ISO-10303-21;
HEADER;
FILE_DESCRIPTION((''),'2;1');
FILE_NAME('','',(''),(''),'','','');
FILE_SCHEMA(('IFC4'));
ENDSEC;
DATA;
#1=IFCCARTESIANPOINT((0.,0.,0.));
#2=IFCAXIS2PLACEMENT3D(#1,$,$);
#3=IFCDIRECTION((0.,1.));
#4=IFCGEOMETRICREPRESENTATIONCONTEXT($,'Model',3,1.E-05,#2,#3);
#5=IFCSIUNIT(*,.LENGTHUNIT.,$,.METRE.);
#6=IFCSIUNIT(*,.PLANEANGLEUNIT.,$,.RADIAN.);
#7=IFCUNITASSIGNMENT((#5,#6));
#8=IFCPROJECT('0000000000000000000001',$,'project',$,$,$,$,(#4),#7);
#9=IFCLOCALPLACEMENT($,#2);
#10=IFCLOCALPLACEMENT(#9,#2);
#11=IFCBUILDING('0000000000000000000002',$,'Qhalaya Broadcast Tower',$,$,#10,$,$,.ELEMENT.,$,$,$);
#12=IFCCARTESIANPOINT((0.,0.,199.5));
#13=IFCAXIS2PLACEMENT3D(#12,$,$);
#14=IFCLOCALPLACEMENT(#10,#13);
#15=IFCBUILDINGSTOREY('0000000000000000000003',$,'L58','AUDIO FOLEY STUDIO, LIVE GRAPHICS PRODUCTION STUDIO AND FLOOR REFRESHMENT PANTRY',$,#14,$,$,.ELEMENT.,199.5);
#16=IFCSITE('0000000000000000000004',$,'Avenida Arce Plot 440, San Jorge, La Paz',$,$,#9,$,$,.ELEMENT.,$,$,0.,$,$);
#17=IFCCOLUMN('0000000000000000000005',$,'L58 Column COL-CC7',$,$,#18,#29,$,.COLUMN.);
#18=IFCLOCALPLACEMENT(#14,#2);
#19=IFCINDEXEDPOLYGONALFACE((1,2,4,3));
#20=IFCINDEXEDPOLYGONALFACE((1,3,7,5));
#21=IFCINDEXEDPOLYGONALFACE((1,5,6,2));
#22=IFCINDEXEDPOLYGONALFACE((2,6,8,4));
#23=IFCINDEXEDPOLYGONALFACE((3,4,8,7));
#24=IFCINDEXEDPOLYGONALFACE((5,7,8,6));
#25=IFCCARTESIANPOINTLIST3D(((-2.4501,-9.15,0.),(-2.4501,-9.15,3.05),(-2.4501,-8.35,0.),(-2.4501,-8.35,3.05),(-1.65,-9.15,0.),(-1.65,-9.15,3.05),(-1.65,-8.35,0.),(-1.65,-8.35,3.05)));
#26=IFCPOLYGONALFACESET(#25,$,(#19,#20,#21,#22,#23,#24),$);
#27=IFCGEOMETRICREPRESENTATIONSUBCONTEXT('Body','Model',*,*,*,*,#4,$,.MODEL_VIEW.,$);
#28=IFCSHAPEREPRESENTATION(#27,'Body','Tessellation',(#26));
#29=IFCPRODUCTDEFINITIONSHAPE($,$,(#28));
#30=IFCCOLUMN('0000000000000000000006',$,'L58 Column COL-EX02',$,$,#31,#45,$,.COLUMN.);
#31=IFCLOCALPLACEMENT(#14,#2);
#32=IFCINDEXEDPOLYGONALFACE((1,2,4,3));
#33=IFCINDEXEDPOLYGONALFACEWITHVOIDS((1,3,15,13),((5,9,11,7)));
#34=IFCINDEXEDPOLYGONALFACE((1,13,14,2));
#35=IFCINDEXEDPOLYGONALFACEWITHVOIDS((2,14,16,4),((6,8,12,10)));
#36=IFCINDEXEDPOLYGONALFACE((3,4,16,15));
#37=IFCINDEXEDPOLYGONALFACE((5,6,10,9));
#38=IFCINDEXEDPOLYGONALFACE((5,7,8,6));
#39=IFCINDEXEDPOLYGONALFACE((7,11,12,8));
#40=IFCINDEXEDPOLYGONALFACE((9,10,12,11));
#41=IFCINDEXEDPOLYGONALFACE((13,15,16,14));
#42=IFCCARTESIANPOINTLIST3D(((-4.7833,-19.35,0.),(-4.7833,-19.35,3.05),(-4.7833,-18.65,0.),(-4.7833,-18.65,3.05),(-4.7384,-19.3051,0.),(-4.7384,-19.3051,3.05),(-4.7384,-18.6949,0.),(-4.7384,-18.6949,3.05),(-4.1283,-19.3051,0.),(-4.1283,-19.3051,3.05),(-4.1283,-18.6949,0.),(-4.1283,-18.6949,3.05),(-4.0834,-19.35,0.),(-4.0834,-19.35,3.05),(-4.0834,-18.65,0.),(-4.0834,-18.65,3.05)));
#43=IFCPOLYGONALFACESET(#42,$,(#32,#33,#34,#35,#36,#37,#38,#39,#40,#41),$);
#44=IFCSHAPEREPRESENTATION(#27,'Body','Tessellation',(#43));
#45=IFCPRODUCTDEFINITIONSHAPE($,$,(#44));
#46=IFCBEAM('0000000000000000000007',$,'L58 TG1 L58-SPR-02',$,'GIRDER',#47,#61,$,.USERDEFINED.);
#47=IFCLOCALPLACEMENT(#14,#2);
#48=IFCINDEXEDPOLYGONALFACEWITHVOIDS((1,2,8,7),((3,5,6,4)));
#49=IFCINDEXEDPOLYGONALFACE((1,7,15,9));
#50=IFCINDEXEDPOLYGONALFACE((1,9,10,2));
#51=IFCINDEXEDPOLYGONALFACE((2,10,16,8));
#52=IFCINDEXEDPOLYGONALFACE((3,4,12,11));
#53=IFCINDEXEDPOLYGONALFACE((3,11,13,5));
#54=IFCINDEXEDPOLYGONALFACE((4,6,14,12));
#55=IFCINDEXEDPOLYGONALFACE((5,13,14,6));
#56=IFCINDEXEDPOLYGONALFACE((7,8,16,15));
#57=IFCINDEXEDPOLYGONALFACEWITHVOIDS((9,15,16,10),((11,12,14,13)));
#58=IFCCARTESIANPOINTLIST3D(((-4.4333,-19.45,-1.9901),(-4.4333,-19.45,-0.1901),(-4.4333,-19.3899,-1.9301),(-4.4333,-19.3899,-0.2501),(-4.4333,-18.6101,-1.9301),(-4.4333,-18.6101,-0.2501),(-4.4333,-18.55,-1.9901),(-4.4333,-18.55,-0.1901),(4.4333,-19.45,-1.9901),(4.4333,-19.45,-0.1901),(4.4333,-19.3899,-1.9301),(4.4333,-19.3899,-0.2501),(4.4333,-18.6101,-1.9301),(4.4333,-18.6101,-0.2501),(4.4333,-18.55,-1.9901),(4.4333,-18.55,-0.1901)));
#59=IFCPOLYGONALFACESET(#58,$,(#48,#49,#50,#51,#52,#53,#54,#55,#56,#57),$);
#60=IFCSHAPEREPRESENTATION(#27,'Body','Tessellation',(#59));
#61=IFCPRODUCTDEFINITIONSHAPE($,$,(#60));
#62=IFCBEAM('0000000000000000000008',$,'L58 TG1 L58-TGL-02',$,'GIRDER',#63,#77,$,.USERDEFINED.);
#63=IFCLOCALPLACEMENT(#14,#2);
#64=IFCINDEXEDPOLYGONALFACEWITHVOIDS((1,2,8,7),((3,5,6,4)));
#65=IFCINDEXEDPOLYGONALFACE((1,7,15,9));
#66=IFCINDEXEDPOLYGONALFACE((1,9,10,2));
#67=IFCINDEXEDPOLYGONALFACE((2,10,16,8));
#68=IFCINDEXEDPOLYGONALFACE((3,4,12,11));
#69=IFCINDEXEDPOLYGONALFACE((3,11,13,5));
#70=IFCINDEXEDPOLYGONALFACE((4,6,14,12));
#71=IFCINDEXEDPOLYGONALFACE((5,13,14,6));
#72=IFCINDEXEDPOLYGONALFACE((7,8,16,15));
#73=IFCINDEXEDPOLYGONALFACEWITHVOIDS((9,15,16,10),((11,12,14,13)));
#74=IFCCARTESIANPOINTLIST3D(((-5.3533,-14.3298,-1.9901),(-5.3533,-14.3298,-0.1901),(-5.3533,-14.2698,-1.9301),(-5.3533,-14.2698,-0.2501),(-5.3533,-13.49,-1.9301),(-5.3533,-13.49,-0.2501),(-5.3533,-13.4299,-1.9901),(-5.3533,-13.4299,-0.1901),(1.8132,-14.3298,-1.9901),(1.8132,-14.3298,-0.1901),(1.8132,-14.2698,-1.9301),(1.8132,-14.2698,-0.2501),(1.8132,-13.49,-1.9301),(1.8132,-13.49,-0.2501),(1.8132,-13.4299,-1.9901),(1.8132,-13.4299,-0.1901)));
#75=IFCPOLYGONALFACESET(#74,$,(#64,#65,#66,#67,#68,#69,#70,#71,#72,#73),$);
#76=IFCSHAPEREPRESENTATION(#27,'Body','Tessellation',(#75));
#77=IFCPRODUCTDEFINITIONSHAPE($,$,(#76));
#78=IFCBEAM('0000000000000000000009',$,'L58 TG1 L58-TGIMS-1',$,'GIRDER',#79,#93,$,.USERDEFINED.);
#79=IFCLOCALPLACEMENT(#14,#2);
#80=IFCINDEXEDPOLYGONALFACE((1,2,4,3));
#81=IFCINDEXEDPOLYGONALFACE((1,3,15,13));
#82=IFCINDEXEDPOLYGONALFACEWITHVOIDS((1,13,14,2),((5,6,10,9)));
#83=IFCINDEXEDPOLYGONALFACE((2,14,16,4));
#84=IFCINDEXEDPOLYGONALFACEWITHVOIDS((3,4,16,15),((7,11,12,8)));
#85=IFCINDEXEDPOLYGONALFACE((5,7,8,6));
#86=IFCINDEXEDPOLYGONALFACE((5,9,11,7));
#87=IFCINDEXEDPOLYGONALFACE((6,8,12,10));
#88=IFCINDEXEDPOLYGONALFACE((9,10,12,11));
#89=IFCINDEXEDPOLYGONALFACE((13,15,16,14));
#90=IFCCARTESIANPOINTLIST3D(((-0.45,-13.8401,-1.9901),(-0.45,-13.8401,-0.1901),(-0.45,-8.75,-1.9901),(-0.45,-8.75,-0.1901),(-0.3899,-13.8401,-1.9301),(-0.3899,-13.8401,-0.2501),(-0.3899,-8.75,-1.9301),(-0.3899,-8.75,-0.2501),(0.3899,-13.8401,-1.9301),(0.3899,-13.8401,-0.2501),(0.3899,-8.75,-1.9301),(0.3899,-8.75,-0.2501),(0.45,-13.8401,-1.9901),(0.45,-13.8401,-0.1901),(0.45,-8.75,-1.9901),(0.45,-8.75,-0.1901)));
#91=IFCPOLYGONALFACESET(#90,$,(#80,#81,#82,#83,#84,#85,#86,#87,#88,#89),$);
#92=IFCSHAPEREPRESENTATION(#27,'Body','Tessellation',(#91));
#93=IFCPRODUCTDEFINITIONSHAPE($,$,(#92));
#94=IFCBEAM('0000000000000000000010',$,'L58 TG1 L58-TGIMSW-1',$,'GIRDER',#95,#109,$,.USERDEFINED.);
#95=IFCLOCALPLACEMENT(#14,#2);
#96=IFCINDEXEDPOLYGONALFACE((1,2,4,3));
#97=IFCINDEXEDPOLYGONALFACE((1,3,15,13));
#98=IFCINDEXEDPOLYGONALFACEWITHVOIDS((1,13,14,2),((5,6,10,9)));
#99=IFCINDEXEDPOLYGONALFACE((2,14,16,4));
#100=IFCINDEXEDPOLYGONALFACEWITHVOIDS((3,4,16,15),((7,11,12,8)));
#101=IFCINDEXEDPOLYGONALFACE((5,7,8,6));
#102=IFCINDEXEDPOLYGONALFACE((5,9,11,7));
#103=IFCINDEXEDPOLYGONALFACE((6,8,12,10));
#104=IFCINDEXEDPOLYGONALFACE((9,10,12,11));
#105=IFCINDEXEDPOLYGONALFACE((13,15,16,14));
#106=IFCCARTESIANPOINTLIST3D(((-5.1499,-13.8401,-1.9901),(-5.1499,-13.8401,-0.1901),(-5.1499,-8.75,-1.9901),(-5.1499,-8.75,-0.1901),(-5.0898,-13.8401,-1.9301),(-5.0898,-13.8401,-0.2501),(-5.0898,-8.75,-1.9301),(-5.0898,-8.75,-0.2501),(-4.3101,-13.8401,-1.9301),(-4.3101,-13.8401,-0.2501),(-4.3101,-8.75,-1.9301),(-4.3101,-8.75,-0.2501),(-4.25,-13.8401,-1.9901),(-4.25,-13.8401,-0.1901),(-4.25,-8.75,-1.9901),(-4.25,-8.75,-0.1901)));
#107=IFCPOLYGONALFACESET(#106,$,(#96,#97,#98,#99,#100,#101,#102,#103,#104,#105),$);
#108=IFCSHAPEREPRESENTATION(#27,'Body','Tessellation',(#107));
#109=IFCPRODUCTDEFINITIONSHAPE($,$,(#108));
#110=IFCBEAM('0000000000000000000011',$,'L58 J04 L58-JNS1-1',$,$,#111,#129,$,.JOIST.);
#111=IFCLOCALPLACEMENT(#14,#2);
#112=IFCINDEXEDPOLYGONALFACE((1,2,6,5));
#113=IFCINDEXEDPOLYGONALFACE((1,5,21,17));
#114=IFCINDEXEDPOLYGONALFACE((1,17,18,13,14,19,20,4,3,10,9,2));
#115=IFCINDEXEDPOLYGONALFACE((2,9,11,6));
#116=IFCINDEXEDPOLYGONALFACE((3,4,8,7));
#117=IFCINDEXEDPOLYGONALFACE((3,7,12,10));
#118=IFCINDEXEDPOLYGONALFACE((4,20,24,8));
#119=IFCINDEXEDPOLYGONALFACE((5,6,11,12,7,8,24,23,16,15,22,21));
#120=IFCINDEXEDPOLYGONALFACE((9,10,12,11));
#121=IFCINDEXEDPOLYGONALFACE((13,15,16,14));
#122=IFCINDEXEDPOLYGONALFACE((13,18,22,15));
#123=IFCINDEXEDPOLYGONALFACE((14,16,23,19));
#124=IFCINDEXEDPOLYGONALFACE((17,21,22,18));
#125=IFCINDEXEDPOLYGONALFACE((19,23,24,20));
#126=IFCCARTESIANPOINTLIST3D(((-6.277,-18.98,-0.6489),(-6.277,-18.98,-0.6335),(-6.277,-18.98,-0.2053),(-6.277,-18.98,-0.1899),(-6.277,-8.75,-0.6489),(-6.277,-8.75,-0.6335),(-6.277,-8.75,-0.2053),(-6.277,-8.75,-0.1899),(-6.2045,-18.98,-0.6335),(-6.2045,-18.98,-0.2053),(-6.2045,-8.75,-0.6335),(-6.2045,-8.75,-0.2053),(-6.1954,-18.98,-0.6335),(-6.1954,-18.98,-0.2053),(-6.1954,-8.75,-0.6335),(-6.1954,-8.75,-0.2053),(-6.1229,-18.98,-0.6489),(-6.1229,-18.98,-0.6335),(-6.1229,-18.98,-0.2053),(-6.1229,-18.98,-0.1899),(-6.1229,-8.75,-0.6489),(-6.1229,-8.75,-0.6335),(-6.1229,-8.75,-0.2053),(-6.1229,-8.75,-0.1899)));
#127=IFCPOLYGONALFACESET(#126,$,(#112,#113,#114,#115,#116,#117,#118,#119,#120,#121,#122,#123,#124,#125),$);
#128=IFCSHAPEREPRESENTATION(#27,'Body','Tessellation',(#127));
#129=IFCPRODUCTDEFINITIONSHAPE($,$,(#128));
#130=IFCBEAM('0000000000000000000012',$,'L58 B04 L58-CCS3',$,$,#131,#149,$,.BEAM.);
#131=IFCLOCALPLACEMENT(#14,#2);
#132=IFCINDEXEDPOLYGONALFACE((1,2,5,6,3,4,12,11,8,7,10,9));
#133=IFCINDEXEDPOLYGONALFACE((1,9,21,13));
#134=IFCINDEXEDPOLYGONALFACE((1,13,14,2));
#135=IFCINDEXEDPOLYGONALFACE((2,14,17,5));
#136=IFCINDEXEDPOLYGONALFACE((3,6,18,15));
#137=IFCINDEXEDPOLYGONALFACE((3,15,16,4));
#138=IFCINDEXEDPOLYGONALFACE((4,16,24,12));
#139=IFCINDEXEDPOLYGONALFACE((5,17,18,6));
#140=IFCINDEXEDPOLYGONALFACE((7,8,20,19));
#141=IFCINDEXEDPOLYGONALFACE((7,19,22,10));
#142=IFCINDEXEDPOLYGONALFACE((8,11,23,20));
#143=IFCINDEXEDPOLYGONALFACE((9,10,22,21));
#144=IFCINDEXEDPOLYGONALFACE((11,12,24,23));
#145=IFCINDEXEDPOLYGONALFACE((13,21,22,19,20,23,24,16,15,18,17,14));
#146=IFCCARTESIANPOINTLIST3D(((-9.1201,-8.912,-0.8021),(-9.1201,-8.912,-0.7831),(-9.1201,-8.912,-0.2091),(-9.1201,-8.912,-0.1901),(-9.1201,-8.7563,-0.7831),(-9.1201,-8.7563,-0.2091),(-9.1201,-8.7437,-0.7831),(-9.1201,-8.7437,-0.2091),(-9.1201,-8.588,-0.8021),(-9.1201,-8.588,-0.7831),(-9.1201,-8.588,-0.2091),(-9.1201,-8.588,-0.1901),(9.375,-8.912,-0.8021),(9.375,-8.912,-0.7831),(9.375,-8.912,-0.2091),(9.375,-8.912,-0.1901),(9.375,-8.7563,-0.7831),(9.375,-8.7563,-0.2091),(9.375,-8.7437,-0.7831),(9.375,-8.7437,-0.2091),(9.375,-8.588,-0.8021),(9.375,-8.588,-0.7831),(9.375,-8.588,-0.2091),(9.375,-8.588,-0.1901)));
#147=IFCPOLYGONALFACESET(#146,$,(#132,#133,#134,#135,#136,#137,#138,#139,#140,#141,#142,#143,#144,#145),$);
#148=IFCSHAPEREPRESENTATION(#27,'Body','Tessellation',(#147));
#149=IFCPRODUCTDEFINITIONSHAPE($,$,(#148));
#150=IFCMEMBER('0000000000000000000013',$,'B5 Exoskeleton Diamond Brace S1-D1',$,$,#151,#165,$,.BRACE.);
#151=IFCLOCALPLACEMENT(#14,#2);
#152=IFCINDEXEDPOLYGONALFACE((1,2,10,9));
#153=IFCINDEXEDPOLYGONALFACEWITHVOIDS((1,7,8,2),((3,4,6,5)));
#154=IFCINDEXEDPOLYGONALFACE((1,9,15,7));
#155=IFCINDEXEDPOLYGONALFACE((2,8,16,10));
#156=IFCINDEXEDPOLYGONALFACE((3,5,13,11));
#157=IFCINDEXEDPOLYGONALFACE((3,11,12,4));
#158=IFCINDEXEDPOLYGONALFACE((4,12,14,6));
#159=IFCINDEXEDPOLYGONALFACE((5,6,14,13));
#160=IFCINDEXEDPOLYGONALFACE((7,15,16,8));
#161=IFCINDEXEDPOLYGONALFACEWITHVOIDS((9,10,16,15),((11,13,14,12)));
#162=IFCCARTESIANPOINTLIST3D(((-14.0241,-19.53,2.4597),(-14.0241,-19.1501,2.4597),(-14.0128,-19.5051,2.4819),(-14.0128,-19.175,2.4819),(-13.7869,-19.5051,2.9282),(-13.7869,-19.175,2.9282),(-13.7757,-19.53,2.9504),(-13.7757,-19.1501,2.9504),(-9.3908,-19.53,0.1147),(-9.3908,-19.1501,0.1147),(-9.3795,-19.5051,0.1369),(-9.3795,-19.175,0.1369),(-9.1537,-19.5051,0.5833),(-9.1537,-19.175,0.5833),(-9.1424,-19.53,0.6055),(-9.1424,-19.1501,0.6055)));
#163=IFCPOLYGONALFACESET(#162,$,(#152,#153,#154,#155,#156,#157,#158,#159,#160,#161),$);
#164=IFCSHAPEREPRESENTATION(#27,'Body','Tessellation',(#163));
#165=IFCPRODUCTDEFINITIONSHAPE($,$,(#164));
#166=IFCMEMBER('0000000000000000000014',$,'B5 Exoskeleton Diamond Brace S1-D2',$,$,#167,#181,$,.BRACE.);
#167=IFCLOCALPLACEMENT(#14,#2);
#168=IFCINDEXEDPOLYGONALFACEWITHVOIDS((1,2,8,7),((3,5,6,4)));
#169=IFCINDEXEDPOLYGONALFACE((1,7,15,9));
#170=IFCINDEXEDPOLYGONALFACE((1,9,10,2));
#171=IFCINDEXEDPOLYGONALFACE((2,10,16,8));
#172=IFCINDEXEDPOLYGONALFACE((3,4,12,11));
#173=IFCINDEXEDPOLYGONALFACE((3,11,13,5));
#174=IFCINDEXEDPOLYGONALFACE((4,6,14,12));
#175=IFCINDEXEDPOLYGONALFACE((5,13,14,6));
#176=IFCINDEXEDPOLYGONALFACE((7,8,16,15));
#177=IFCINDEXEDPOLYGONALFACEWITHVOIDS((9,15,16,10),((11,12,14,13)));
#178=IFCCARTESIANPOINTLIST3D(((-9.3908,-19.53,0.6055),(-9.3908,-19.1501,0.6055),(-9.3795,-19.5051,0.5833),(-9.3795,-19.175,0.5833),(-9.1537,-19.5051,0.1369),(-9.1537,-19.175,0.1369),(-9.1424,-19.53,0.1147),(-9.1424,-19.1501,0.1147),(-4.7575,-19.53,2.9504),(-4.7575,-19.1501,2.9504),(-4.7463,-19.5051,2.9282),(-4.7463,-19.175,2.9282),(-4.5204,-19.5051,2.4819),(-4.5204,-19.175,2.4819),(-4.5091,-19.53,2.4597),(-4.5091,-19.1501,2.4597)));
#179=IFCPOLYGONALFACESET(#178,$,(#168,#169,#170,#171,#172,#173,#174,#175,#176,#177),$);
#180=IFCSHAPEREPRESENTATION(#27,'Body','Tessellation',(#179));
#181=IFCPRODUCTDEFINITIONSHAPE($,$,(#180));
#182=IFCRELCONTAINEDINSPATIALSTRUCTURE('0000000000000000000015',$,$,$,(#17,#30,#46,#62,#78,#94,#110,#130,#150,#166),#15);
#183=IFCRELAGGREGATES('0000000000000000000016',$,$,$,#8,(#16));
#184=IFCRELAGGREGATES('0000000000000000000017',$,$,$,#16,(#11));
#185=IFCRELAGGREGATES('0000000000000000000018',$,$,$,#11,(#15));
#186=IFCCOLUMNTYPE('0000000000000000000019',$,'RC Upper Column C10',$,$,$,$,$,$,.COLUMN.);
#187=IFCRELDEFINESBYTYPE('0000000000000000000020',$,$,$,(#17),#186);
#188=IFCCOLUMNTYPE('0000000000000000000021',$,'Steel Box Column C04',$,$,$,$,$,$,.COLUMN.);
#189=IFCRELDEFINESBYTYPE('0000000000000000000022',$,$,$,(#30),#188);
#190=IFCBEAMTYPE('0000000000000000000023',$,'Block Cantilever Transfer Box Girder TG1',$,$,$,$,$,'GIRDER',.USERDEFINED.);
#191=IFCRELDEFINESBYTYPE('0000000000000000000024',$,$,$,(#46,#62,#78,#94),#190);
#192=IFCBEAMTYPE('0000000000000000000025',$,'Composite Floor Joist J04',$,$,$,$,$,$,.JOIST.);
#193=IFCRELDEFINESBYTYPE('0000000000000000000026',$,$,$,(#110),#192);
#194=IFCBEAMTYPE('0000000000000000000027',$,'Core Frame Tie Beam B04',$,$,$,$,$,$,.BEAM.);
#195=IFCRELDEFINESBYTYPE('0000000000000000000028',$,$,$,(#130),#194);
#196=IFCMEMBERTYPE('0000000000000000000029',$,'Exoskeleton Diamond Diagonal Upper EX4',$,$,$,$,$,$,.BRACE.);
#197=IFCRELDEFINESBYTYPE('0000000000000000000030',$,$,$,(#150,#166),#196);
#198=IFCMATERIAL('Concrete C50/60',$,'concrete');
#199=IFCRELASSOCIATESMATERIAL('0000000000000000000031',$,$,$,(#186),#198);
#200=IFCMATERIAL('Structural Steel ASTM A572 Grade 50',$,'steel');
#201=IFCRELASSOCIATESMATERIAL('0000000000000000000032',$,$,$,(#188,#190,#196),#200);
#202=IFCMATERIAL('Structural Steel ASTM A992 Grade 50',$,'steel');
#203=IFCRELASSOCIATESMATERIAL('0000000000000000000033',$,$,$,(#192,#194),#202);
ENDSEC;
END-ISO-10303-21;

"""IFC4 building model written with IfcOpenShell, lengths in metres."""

from ifc_helpers import new_model, si_unit, direction, frame, origin, origin_2d, place, context, subcontext, project, spatial, rectangle, hollow_rectangle, i_section, extrude, material, material_profile, profile_set, type_object, element, save


model = new_model("IFC4")

# Units and contexts
model_context = context("Model", 3, precision=1e-05, world=origin(), true_north=direction((0.0, 1.0)))
body_context = subcontext(model_context, "Body", "Model", "MODEL_VIEW")
ifc_project = project(units=[si_unit("LENGTHUNIT", "METRE"), si_unit("PLANEANGLEUNIT", "RADIAN")], contexts=[model_context])

# Site, building, storey
site_placement = place(None, origin())
site = spatial("IfcSite", under=ifc_project, at=site_placement, Name="Avenida Arce Plot 440, San Jorge, La Paz", CompositionType="ELEMENT", RefElevation=0.0)
building_placement = place(site_placement, origin())
building = spatial("IfcBuilding", under=site, at=building_placement, Name="Qhalaya Broadcast Tower", CompositionType="ELEMENT")
storey_placement = place(building_placement, frame((0.0, 0.0, 199.5)))
storey = spatial("IfcBuildingStorey", under=building, at=storey_placement, Name="L58", Description="AUDIO FOLEY STUDIO, LIVE GRAPHICS PRODUCTION STUDIO AND FLOOR REFRESHMENT PANTRY", CompositionType="ELEMENT", Elevation=199.5)

# Columns
ifc_material_1 = material(Name="Concrete C50/60", Category="concrete")
ifc_material_profile_1 = material_profile(ifc_material_1, rectangle(XDim=0.8, YDim=0.8, at=origin_2d()), Name="RC-COL 800x800")
ifc_profile_set_1 = profile_set([ifc_material_profile_1], Name="Concrete C50/60")
column_type_1 = type_object("IfcColumnType", Name="RC Upper Column C10", PredefinedType="COLUMN", material=ifc_profile_set_1)
column_1_placement = place(storey_placement, frame((-2.05, -8.75, 0.0), z_axis=(0.0, 0.0, 1.0), x_axis=(1.0, 0.0, 0.0)))
element("IfcColumn", 1, at=column_1_placement, inside=storey, type_object=column_type_1, Name="L58 Column COL-CC7", PredefinedType="COLUMN", context=body_context, shape_type="SweptSolid", body=[
    extrude(rectangle(XDim=0.8, YDim=0.8, at=origin_2d()), origin(), (0.0, 0.0, 1.0), 3.05),
])
ifc_material_2 = material(Name="Structural Steel ASTM A572 Grade 50", Category="steel")
ifc_material_profile_2 = material_profile(ifc_material_2, hollow_rectangle(XDim=0.7, YDim=0.7, WallThickness=0.0449, at=origin_2d()), Name="BOX 700x700x45")
ifc_profile_set_2 = profile_set([ifc_material_profile_2], Name="Structural Steel ASTM A572 Grade 50")
column_type_2 = type_object("IfcColumnType", Name="Steel Box Column C04", PredefinedType="COLUMN", material=ifc_profile_set_2)
column_2_placement = place(storey_placement, frame((-4.4333, -19.0, 0.0), z_axis=(0.0, 0.0, 1.0), x_axis=(1.0, 0.0, 0.0)))
element("IfcColumn", 2, at=column_2_placement, inside=storey, type_object=column_type_2, Name="L58 Column COL-EX02", PredefinedType="COLUMN", context=body_context, shape_type="SweptSolid", body=[
    extrude(hollow_rectangle(XDim=0.7, YDim=0.7, WallThickness=0.0449, at=origin_2d()), origin(), (0.0, 0.0, 1.0), 3.05),
])

# Beams
ifc_material_profile_3 = material_profile(ifc_material_2, hollow_rectangle(XDim=0.8999, YDim=1.8, WallThickness=0.0601, at=origin_2d()), Name="BOX 900x1800x60")
ifc_profile_set_3 = profile_set([ifc_material_profile_3], Name="Structural Steel ASTM A572 Grade 50")
beam_type_1 = type_object("IfcBeamType", Name="Block Cantilever Transfer Box Girder TG1", ElementType="GIRDER", PredefinedType="USERDEFINED", material=ifc_profile_set_3)
beam_1_placement = place(storey_placement, frame((-4.4333, -19.0, -1.0901), z_axis=(1.0, 0.0, 0.0), x_axis=(0.0, 1.0, 0.0)))
element("IfcBeam", 3, at=beam_1_placement, inside=storey, type_object=beam_type_1, Name="L58 TG1 L58-SPR-02", ObjectType="GIRDER", PredefinedType="USERDEFINED", context=body_context, shape_type="SweptSolid", body=[
    extrude(hollow_rectangle(XDim=0.8999, YDim=1.8, WallThickness=0.0601, at=origin_2d()), origin(), (0.0, 0.0, 1.0), 8.8667),
])
beam_2_placement = place(storey_placement, frame((-5.3533, -13.8799, -1.0901), z_axis=(1.0, 0.0, 0.0), x_axis=(0.0, 1.0, 0.0)))
element("IfcBeam", 4, at=beam_2_placement, inside=storey, type_object=beam_type_1, Name="L58 TG1 L58-TGL-02", ObjectType="GIRDER", PredefinedType="USERDEFINED", context=body_context, shape_type="SweptSolid", body=[
    extrude(hollow_rectangle(XDim=0.8999, YDim=1.8, WallThickness=0.0601, at=origin_2d()), origin(), (0.0, 0.0, 1.0), 7.1665),
])
for number, where, z_axis, x_axis, name in (
    (5, (0.0, -13.8401, -1.0901), (0.0, 1.0, 0.0), (-1.0, 0.0, 0.0), "L58 TG1 L58-TGIMS-1"),
    (6, (-4.7, -13.8401, -1.0901), (0.0, 1.0, 0.0), (-1.0, 0.0, 0.0), "L58 TG1 L58-TGIMSW-1"),
):
    element("IfcBeam", number, at=place(storey_placement, frame(where, z_axis=z_axis, x_axis=x_axis)), inside=storey, type_object=beam_type_1, Name=name, ObjectType="GIRDER", PredefinedType="USERDEFINED", context=body_context, shape_type="SweptSolid", body=[
        extrude(hollow_rectangle(XDim=0.8999, YDim=1.8, WallThickness=0.0601, at=origin_2d()), origin(), (0.0, 0.0, 1.0), 5.0901),
    ])
ifc_material_3 = material(Name="Structural Steel ASTM A992 Grade 50", Category="steel")
ifc_material_profile_4 = material_profile(ifc_material_3, i_section(OverallWidth=0.1541, OverallDepth=0.459, WebThickness=0.009, FlangeThickness=0.0154, at=origin_2d()), Name="W18X46")
ifc_profile_set_4 = profile_set([ifc_material_profile_4], Name="Structural Steel ASTM A992 Grade 50")
beam_type_2 = type_object("IfcBeamType", Name="Composite Floor Joist J04", PredefinedType="JOIST", material=ifc_profile_set_4)
beam_3_placement = place(storey_placement, frame((-6.2, -18.98, -0.4194), z_axis=(0.0, 1.0, 0.0), x_axis=(-1.0, 0.0, 0.0)))
element("IfcBeam", 7, at=beam_3_placement, inside=storey, type_object=beam_type_2, Name="L58 J04 L58-JNS1-1", PredefinedType="JOIST", context=body_context, shape_type="SweptSolid", body=[
    extrude(i_section(OverallWidth=0.1541, OverallDepth=0.459, WebThickness=0.009, FlangeThickness=0.0154, at=origin_2d()), origin(), (0.0, 0.0, 1.0), 10.23),
])
ifc_material_profile_5 = material_profile(ifc_material_3, i_section(OverallWidth=0.324, OverallDepth=0.6121, WebThickness=0.0127, FlangeThickness=0.019, at=origin_2d()), Name="W24X104")
ifc_profile_set_5 = profile_set([ifc_material_profile_5], Name="Structural Steel ASTM A992 Grade 50")
beam_type_3 = type_object("IfcBeamType", Name="Core Frame Tie Beam B04", PredefinedType="BEAM", material=ifc_profile_set_5)
beam_4_placement = place(storey_placement, frame((-9.1201, -8.75, -0.4961), z_axis=(1.0, 0.0, 0.0), x_axis=(0.0, 1.0, 0.0)))
element("IfcBeam", 8, at=beam_4_placement, inside=storey, type_object=beam_type_3, Name="L58 B04 L58-CCS3", PredefinedType="BEAM", context=body_context, shape_type="SweptSolid", body=[
    extrude(i_section(OverallWidth=0.324, OverallDepth=0.6121, WebThickness=0.0127, FlangeThickness=0.019, at=origin_2d()), origin(), (0.0, 0.0, 1.0), 18.4951),
])

# Members
ifc_material_profile_6 = material_profile(ifc_material_2, hollow_rectangle(XDim=0.3799, YDim=0.55, WallThickness=0.0249, at=origin_2d()), Name="BOX 380x550x25")
ifc_profile_set_6 = profile_set([ifc_material_profile_6], Name="Structural Steel ASTM A572 Grade 50")
member_type = type_object("IfcMemberType", Name="Exoskeleton Diamond Diagonal Upper EX4", PredefinedType="BRACE", material=ifc_profile_set_6)
for number, where, z_axis, x_axis, name in (
    (9, (-9.2666, -19.3401, 0.3601), (-0.892235, 0.0, 0.451571), (0.0, -1.0, 0.0), "B5 Exoskeleton Diamond Brace S1-D1"),
    (10, (-9.2666, -19.3401, 0.3601), (0.892235, 0.0, 0.451571), (0.0, 1.0, 0.0), "B5 Exoskeleton Diamond Brace S1-D2"),
):
    element("IfcMember", number, at=place(storey_placement, frame(where, z_axis=z_axis, x_axis=x_axis)), inside=storey, type_object=member_type, Name=name, PredefinedType="BRACE", context=body_context, shape_type="SweptSolid", body=[
        extrude(hollow_rectangle(XDim=0.3799, YDim=0.55, WallThickness=0.0249, at=origin_2d()), origin(), (0.0, 0.0, 1.0), 5.1929),
    ])

save(model, "model.ifc")
